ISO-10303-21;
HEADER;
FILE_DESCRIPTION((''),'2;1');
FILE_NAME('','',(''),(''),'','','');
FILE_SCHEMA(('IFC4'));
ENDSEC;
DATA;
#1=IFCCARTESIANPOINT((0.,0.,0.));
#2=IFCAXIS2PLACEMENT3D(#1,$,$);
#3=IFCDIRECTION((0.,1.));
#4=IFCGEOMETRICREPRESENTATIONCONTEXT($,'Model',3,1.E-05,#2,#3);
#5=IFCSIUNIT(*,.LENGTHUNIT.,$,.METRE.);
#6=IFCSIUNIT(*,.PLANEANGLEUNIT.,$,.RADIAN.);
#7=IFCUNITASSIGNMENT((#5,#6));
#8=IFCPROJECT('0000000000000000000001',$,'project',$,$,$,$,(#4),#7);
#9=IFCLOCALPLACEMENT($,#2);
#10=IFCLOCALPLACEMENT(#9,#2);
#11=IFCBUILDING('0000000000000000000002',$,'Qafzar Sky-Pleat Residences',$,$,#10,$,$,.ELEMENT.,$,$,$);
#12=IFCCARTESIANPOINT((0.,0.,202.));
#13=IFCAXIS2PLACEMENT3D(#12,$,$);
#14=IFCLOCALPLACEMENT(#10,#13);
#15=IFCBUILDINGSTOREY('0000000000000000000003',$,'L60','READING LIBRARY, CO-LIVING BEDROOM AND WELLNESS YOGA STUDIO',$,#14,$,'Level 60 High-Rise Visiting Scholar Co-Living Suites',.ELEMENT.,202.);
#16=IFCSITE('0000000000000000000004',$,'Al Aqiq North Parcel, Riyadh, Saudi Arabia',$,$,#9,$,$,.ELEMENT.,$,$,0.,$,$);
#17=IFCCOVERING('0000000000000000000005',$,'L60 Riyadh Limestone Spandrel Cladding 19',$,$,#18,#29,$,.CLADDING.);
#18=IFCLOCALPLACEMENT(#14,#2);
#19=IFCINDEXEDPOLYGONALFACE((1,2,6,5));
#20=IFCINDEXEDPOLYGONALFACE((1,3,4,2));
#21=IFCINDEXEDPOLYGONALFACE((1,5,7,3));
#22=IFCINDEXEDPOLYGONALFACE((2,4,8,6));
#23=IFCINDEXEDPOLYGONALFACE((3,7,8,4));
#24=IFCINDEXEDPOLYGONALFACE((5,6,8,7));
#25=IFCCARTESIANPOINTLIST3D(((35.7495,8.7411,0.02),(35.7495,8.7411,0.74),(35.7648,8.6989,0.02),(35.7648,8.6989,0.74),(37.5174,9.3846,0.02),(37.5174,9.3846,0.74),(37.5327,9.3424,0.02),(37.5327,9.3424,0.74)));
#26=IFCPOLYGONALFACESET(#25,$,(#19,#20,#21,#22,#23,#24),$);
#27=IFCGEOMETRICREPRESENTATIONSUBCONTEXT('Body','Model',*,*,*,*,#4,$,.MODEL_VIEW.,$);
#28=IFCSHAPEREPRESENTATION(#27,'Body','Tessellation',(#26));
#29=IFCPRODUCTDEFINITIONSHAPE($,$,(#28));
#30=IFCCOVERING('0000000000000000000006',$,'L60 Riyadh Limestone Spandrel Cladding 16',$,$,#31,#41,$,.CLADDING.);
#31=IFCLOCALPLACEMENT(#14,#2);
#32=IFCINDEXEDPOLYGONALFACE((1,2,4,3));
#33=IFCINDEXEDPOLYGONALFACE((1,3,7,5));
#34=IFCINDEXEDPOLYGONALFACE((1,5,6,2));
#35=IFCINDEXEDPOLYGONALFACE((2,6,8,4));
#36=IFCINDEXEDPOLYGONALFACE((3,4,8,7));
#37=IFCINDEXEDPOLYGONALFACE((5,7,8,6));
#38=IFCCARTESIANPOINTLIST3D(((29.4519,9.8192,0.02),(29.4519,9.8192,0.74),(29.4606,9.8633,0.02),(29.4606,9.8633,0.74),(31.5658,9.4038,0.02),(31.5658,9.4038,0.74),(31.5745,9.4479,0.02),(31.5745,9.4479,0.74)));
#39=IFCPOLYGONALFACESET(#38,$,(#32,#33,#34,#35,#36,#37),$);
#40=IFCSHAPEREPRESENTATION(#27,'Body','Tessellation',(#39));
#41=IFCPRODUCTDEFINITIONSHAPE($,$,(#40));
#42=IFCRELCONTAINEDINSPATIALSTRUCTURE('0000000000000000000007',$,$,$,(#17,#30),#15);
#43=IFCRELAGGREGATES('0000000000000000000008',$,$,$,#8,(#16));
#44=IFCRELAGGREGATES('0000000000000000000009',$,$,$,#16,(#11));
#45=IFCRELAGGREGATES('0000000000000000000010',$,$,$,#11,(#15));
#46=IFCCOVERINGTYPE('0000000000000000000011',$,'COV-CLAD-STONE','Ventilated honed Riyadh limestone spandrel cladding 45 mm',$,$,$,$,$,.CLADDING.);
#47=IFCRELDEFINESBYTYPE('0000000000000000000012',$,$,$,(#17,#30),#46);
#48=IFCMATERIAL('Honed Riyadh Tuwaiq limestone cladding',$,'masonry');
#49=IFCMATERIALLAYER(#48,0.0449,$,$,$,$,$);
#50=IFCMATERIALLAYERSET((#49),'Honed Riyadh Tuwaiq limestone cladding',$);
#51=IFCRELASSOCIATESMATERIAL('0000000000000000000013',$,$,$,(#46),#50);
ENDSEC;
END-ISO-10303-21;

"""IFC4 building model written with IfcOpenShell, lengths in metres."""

from ifc_helpers import new_model, si_unit, direction, frame, origin, origin_2d, place, context, subcontext, project, spatial, rectangle, extrude, source, transform, mapped, material, layer, layer_set, type_object, element, save


model = new_model("IFC4")

# Units and contexts
model_context = context("Model", 3, precision=1e-05, world=origin(), true_north=direction((0.0, 1.0)))
body_context = subcontext(model_context, "Body", "Model", "MODEL_VIEW")
ifc_project = project(units=[si_unit("LENGTHUNIT", "METRE"), si_unit("PLANEANGLEUNIT", "RADIAN")], contexts=[model_context])

# Site, building, storey
site_placement = place(None, origin())
site = spatial("IfcSite", under=ifc_project, at=site_placement, Name="Al Aqiq North Parcel, Riyadh, Saudi Arabia", CompositionType="ELEMENT", RefElevation=0.0)
building_placement = place(site_placement, origin())
building = spatial("IfcBuilding", under=site, at=building_placement, Name="Qafzar Sky-Pleat Residences", CompositionType="ELEMENT")
storey_placement = place(building_placement, frame((0.0, 0.0, 202.0)))
storey = spatial("IfcBuildingStorey", under=building, at=storey_placement, Name="L60", Description="READING LIBRARY, CO-LIVING BEDROOM AND WELLNESS YOGA STUDIO", LongName="Level 60 High-Rise Visiting Scholar Co-Living Suites", CompositionType="ELEMENT", Elevation=202.0)

# Coverings
ifc_material_1 = material(Name="Honed Riyadh Tuwaiq limestone cladding", Category="masonry")
ifc_layer_1 = layer(ifc_material_1, 0.0449)
ifc_layer_set_1 = layer_set([ifc_layer_1], Name="Honed Riyadh Tuwaiq limestone cladding")
covering_type = type_object("IfcCoveringType", Name="COV-CLAD-STONE", Description="Ventilated honed Riyadh limestone spandrel cladding 45 mm", PredefinedType="CLADDING", material=ifc_layer_set_1)
shared_shape_1 = source(origin(), body_context, "Body", "SweptSolid", [
    extrude(rectangle(XDim=1.8813, YDim=0.0449, at=origin_2d()), origin(), (0.0, 0.0, 1.0), 0.72),
])
covering_1_placement = place(storey_placement, frame((36.6411, 9.0417, 0.02), z_axis=(0.0, 0.0, 1.0), x_axis=(0.939694, 0.342016, 0.0)))
element("IfcCovering", 1, at=covering_1_placement, inside=storey, type_object=covering_type, Name="L60 Riyadh Limestone Spandrel Cladding 19", PredefinedType="CLADDING", context=body_context, shape_type="MappedRepresentation", body=[
    mapped(shared_shape_1, transform((0.0, 0.0, 0.0), x_axis=(1.0, 0.0, 0.0), y_axis=(0.0, 1.0, 0.0), z_axis=(0.0, 0.0, 1.0), scale=1.0)),
])
shared_shape_2 = source(origin(), body_context, "Body", "SweptSolid", [
    extrude(rectangle(XDim=2.1543, YDim=0.0449, at=origin_2d()), origin(), (0.0, 0.0, 1.0), 0.72),
])
covering_2_placement = place(storey_placement, frame((30.5132, 9.6335, 0.02), z_axis=(0.0, 0.0, 1.0), x_axis=(0.981236, -0.192813, 0.0)))
element("IfcCovering", 2, at=covering_2_placement, inside=storey, type_object=covering_type, Name="L60 Riyadh Limestone Spandrel Cladding 16", PredefinedType="CLADDING", context=body_context, shape_type="MappedRepresentation", body=[
    mapped(shared_shape_2, transform((0.0, 0.0, 0.0), x_axis=(1.0, 0.0, 0.0), y_axis=(0.0, 1.0, 0.0), z_axis=(0.0, 0.0, 1.0), scale=1.0)),
])

save(model, "model.ifc")
